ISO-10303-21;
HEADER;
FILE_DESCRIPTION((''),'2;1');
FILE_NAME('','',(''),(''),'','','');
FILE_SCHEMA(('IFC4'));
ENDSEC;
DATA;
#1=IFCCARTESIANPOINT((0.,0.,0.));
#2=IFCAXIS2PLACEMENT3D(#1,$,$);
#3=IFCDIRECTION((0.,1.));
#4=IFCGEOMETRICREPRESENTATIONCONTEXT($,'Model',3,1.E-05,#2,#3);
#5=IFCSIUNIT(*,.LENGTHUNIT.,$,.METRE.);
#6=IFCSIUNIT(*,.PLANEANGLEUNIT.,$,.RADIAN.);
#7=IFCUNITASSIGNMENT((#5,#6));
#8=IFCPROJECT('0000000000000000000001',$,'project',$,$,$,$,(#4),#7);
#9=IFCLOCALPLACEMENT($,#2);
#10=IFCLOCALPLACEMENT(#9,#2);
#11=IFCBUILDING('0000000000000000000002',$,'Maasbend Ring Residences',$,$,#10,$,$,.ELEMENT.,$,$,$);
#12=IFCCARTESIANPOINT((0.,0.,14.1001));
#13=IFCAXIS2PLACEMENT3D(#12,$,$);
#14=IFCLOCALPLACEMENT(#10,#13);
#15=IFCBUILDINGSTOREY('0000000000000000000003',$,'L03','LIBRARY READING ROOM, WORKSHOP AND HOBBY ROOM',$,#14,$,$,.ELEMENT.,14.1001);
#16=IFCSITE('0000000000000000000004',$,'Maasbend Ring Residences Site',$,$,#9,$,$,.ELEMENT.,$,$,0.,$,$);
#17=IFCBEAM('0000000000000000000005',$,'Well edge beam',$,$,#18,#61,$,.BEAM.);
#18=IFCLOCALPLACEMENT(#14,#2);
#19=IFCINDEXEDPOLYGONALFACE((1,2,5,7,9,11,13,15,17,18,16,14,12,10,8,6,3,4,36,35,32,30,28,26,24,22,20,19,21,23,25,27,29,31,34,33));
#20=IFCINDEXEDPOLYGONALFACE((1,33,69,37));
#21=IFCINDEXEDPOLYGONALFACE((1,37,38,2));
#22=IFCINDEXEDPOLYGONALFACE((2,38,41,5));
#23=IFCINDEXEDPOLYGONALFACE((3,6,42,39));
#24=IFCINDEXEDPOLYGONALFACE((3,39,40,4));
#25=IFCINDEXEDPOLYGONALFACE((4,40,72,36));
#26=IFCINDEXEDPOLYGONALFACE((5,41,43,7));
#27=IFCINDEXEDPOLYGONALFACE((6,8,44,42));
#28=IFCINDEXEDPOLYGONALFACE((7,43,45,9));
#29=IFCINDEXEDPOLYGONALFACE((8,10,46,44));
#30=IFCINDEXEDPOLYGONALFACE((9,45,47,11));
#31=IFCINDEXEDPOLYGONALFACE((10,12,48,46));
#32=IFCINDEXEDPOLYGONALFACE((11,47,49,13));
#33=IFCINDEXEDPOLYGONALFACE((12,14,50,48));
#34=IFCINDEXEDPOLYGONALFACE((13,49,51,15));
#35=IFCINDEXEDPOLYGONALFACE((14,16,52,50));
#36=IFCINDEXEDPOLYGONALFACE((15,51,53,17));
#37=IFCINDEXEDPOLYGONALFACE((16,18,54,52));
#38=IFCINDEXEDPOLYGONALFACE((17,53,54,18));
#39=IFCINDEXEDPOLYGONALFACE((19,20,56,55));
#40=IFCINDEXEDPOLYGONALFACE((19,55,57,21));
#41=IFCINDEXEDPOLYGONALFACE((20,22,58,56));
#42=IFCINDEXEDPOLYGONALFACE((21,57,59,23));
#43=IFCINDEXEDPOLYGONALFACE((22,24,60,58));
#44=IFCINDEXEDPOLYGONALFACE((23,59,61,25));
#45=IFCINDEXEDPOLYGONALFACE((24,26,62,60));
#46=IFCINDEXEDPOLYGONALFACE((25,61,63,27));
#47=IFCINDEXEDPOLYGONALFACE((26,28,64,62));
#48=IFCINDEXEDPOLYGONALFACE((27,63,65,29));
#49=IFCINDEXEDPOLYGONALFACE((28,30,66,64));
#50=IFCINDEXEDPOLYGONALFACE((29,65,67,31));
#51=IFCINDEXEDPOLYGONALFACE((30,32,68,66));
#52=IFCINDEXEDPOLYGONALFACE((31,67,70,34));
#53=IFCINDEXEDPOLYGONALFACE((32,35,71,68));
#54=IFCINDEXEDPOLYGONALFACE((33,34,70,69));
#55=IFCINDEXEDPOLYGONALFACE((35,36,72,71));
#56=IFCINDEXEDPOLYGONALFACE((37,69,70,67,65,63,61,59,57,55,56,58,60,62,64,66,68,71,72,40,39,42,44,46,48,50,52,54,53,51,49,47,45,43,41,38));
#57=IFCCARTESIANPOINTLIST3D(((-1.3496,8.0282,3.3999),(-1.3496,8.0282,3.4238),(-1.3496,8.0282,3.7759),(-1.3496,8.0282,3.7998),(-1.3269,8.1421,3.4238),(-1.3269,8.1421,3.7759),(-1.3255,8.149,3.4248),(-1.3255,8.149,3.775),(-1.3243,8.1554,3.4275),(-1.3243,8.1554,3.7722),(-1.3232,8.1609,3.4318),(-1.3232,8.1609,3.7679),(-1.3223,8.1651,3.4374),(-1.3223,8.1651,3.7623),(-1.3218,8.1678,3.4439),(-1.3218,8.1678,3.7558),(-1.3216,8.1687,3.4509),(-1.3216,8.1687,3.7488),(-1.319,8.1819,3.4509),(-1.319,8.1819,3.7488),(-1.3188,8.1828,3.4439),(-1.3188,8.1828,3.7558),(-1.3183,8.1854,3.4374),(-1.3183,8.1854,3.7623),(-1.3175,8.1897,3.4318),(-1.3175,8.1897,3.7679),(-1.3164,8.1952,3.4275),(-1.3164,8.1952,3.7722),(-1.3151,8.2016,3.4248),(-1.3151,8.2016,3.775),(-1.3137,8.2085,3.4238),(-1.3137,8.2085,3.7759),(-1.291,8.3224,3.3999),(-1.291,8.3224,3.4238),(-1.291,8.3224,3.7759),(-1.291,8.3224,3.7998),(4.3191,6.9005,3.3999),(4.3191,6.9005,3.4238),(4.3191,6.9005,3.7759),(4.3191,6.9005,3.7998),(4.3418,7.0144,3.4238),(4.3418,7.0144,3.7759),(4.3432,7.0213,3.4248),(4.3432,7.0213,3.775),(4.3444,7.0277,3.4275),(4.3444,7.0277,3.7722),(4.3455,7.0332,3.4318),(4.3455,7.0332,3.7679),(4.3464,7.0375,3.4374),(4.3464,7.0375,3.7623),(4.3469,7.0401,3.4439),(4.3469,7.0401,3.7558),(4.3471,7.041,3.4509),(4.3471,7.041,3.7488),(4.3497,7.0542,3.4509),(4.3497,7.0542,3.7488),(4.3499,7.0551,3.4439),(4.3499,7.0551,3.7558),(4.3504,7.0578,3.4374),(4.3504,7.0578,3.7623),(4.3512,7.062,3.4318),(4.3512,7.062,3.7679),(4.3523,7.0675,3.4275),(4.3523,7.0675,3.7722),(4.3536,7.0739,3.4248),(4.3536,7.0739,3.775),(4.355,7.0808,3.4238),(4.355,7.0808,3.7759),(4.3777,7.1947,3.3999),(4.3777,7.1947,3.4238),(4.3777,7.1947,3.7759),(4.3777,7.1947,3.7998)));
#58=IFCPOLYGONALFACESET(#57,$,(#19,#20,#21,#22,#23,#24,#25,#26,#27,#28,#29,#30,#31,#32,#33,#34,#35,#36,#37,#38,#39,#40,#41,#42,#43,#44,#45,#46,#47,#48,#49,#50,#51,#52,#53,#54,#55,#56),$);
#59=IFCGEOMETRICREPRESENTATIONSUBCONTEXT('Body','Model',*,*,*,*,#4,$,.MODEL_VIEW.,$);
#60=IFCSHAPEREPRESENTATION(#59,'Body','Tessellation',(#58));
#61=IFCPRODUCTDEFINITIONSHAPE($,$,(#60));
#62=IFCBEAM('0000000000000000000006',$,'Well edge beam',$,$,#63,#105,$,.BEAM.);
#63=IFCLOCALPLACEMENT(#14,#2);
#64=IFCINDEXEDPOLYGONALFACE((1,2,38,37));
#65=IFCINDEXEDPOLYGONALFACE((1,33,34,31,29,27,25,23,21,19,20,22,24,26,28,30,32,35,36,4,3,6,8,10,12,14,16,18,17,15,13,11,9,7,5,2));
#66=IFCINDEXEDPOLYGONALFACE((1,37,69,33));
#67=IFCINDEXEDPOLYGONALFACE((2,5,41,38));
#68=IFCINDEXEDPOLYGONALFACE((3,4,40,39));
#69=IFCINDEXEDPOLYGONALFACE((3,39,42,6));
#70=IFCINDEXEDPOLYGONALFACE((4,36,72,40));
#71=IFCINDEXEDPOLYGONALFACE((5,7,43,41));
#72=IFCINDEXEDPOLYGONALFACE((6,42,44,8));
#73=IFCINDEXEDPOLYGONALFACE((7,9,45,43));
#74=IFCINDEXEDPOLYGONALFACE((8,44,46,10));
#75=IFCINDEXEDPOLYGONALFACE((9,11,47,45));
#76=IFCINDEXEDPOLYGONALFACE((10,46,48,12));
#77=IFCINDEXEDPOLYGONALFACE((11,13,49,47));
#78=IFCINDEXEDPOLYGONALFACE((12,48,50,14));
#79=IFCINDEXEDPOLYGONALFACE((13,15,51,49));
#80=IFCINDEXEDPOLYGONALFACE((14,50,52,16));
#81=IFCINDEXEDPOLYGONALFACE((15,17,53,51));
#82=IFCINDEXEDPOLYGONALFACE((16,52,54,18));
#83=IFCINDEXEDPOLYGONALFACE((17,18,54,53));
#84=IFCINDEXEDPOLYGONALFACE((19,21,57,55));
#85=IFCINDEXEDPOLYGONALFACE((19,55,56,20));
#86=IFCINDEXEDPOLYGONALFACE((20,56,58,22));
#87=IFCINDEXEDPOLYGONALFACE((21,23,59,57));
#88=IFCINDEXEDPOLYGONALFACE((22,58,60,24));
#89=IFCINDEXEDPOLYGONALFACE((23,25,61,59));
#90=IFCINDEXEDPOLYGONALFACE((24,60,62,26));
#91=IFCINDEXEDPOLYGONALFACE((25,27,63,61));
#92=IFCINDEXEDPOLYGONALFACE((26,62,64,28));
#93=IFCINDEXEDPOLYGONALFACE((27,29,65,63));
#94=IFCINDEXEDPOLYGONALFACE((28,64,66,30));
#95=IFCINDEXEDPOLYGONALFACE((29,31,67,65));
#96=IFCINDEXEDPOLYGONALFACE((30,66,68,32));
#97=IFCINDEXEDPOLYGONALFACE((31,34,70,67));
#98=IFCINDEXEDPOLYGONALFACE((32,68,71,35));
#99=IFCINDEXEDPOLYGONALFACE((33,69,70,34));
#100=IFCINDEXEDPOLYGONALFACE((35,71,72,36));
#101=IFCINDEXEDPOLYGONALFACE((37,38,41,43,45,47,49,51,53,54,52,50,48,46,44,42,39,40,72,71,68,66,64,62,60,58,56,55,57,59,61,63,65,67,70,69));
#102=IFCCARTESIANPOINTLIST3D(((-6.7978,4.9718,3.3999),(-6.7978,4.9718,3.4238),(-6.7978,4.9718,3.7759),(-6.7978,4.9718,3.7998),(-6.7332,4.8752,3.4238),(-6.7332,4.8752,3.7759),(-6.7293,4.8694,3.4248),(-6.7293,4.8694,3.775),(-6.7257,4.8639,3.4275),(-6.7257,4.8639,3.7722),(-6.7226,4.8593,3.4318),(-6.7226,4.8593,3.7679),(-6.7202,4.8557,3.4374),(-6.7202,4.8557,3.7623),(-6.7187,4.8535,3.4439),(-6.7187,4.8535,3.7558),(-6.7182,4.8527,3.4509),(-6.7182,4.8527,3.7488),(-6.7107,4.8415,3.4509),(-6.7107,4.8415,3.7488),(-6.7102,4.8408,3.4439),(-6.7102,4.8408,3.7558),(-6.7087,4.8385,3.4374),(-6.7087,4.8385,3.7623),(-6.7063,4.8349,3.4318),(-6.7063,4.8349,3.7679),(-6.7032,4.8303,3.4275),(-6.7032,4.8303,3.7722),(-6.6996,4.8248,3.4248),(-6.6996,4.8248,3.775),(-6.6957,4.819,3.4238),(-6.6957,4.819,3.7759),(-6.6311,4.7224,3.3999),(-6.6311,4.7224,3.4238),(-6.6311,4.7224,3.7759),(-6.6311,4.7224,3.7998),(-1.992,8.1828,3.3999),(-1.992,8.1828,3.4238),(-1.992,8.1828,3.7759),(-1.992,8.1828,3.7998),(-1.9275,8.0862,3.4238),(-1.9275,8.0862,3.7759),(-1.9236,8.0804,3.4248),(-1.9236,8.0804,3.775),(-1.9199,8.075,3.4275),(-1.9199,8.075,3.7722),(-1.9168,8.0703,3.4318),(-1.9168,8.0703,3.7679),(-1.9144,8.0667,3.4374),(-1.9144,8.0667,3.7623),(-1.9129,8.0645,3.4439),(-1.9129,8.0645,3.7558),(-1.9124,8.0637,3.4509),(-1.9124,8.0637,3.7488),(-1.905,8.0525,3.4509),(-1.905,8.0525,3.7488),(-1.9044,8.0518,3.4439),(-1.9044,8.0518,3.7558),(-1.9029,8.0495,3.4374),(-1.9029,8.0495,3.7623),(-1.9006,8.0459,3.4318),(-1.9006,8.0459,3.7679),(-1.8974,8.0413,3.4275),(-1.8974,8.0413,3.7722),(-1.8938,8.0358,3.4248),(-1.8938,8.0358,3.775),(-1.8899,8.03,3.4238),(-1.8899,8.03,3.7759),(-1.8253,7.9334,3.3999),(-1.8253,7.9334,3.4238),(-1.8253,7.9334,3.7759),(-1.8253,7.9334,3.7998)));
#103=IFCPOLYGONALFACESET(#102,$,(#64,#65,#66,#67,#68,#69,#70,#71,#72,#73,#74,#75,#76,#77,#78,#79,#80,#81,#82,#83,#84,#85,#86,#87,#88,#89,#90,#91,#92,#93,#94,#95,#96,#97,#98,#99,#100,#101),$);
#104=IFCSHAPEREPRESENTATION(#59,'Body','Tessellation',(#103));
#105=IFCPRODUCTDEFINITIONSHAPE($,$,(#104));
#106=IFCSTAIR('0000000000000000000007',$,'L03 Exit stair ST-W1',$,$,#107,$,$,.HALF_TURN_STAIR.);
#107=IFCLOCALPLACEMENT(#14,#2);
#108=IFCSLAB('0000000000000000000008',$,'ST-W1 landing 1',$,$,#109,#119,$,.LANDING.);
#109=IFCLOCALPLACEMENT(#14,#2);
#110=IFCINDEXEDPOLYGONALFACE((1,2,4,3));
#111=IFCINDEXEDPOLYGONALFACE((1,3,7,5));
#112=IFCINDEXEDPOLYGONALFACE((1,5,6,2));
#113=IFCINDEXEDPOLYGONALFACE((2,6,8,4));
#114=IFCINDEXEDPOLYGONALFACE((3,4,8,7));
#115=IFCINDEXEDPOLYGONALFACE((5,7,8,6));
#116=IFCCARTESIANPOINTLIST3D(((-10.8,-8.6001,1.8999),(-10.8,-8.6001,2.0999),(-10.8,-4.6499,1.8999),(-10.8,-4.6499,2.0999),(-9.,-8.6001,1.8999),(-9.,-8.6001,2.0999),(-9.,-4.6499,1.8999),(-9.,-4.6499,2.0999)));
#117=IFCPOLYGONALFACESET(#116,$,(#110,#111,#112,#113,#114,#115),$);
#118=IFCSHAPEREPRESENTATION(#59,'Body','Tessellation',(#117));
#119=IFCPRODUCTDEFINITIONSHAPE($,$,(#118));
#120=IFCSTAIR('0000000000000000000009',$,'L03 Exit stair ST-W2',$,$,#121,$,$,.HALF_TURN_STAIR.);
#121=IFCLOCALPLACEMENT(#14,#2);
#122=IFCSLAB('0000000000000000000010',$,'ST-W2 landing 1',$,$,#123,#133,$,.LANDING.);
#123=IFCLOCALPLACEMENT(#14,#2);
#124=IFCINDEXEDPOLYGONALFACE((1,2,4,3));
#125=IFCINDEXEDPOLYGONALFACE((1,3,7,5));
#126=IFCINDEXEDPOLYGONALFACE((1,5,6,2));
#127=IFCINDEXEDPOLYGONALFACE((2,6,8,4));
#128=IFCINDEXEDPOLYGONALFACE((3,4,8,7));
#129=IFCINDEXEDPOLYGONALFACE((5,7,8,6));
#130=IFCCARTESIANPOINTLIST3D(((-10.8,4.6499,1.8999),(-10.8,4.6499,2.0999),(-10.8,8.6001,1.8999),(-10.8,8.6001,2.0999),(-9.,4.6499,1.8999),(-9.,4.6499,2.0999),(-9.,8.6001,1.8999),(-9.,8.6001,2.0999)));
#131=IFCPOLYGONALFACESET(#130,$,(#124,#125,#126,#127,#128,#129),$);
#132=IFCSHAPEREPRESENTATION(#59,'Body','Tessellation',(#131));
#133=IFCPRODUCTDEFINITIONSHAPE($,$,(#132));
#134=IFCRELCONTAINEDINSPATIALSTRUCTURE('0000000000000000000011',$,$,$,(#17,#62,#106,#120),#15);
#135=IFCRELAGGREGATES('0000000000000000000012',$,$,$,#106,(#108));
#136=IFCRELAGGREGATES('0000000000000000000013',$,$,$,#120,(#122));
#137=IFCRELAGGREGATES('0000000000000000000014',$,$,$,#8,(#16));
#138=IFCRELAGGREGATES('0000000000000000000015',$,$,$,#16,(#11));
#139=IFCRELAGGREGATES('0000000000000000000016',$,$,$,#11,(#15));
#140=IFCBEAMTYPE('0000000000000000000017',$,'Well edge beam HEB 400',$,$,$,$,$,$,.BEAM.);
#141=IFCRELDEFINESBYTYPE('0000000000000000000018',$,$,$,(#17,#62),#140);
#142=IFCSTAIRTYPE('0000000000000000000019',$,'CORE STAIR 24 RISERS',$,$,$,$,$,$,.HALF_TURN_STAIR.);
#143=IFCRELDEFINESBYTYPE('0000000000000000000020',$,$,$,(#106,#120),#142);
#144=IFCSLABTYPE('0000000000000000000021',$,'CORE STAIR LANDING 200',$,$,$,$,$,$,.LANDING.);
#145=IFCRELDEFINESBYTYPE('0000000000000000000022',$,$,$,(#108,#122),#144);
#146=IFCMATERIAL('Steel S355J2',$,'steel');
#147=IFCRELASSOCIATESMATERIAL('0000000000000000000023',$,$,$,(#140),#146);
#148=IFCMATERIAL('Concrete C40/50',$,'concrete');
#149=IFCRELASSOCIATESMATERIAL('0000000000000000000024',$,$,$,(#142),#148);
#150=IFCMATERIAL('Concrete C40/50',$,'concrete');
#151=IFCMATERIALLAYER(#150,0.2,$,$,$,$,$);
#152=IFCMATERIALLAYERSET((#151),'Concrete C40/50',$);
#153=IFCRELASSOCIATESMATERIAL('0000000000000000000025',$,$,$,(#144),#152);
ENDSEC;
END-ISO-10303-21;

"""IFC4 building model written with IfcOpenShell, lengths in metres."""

from ifc_helpers import new_model, si_unit, direction, frame, origin, origin_2d, place, context, subcontext, project, spatial, polyline, i_section, outline, extrude, material, layer, layer_set, material_profile, profile_set, type_object, element, aggregate, save


model = new_model("IFC4")

# Units and contexts
model_context = context("Model", 3, precision=1e-05, world=origin(), true_north=direction((0.0, 1.0)))
body_context = subcontext(model_context, "Body", "Model", "MODEL_VIEW")
ifc_project = project(units=[si_unit("LENGTHUNIT", "METRE"), si_unit("PLANEANGLEUNIT", "RADIAN")], contexts=[model_context])

# Site, building, storey
site_placement = place(None, origin())
site = spatial("IfcSite", under=ifc_project, at=site_placement, Name="Maasbend Ring Residences Site", CompositionType="ELEMENT", RefElevation=0.0)
building_placement = place(site_placement, origin())
building = spatial("IfcBuilding", under=site, at=building_placement, Name="Maasbend Ring Residences", CompositionType="ELEMENT")
storey_placement = place(building_placement, frame((0.0, 0.0, 14.1001)))
storey = spatial("IfcBuildingStorey", under=building, at=storey_placement, Name="L03", Description="LIBRARY READING ROOM, WORKSHOP AND HOBBY ROOM", CompositionType="ELEMENT", Elevation=14.1001)

# Beams
ifc_material_1 = material(Name="Steel S355J2", Category="steel")
ifc_material_profile_1 = material_profile(ifc_material_1, i_section(OverallWidth=0.3, OverallDepth=0.3999, WebThickness=0.0134, FlangeThickness=0.0239, FilletRadius=0.0271, at=origin_2d()), Name="HEB 400")
ifc_profile_set_1 = profile_set([ifc_material_profile_1], Name="Steel S355J2")
beam_type = type_object("IfcBeamType", Name="Well edge beam HEB 400", PredefinedType="BEAM", material=ifc_profile_set_1)
for number, where, z_axis, x_axis, name in (
    (1, (4.3484, 7.0476, 3.5999), (-0.980782, 0.195109, 0.0), (-0.195109, -0.980782, 0.0), "Well edge beam"),
    (2, (-1.9087, 8.0581, 3.5999), (-0.831478, -0.555558, 0.0), (0.555558, -0.831478, 0.0), "Well edge beam"),
):
    element("IfcBeam", number, at=place(storey_placement, frame(where, z_axis=z_axis, x_axis=x_axis)), inside=storey, type_object=beam_type, Name=name, PredefinedType="BEAM", context=body_context, shape_type="SweptSolid", body=[
        extrude(i_section(OverallWidth=0.3, OverallDepth=0.3999, WebThickness=0.0134, FlangeThickness=0.0239, FilletRadius=0.0271, at=origin_2d()), origin(), (0.0, 0.0, 1.0), 5.7798),
    ])

# Stairs, slabs
ifc_material_2 = material(Name="Concrete C40/50", Category="concrete")
stair_type = type_object("IfcStairType", Name="CORE STAIR 24 RISERS", PredefinedType="HALF_TURN_STAIR", material=ifc_material_2)
stair_1_placement = place(storey_placement, origin())
stair_1 = element("IfcStair", 3, at=stair_1_placement, inside=storey, type_object=stair_type, Name="L03 Exit stair ST-W1", PredefinedType="HALF_TURN_STAIR")
ifc_material_3 = material(Name="Concrete C40/50", Category="concrete")
ifc_layer_1 = layer(ifc_material_3, 0.2)
ifc_layer_set_1 = layer_set([ifc_layer_1], Name="Concrete C40/50")
slab_type = type_object("IfcSlabType", Name="CORE STAIR LANDING 200", PredefinedType="LANDING", material=ifc_layer_set_1)
slab_1_placement = place(storey_placement, frame((0.0, 0.0, 1.8999)))
slab_1 = element("IfcSlab", 4, at=slab_1_placement, type_object=slab_type, Name="ST-W1 landing 1", PredefinedType="LANDING", context=body_context, shape_type="SweptSolid", body=[
    extrude(outline(polyline([(-10.8, -8.6001), (-9.0, -8.6001), (-9.0, -4.6499), (-10.8, -4.6499), (-10.8, -8.6001)])), origin(), (0.0, 0.0, 1.0), 0.2),
])
aggregate(stair_1, [slab_1])
stair_2_placement = place(storey_placement, origin())
stair_2 = element("IfcStair", 5, at=stair_2_placement, inside=storey, type_object=stair_type, Name="L03 Exit stair ST-W2", PredefinedType="HALF_TURN_STAIR")
slab_2_placement = place(storey_placement, frame((0.0, 0.0, 1.8999)))
slab_2 = element("IfcSlab", 6, at=slab_2_placement, type_object=slab_type, Name="ST-W2 landing 1", PredefinedType="LANDING", context=body_context, shape_type="SweptSolid", body=[
    extrude(outline(polyline([(-10.8, 4.6499), (-9.0, 4.6499), (-9.0, 8.6001), (-10.8, 8.6001), (-10.8, 4.6499)])), origin(), (0.0, 0.0, 1.0), 0.2),
])
aggregate(stair_2, [slab_2])

save(model, "model.ifc")
